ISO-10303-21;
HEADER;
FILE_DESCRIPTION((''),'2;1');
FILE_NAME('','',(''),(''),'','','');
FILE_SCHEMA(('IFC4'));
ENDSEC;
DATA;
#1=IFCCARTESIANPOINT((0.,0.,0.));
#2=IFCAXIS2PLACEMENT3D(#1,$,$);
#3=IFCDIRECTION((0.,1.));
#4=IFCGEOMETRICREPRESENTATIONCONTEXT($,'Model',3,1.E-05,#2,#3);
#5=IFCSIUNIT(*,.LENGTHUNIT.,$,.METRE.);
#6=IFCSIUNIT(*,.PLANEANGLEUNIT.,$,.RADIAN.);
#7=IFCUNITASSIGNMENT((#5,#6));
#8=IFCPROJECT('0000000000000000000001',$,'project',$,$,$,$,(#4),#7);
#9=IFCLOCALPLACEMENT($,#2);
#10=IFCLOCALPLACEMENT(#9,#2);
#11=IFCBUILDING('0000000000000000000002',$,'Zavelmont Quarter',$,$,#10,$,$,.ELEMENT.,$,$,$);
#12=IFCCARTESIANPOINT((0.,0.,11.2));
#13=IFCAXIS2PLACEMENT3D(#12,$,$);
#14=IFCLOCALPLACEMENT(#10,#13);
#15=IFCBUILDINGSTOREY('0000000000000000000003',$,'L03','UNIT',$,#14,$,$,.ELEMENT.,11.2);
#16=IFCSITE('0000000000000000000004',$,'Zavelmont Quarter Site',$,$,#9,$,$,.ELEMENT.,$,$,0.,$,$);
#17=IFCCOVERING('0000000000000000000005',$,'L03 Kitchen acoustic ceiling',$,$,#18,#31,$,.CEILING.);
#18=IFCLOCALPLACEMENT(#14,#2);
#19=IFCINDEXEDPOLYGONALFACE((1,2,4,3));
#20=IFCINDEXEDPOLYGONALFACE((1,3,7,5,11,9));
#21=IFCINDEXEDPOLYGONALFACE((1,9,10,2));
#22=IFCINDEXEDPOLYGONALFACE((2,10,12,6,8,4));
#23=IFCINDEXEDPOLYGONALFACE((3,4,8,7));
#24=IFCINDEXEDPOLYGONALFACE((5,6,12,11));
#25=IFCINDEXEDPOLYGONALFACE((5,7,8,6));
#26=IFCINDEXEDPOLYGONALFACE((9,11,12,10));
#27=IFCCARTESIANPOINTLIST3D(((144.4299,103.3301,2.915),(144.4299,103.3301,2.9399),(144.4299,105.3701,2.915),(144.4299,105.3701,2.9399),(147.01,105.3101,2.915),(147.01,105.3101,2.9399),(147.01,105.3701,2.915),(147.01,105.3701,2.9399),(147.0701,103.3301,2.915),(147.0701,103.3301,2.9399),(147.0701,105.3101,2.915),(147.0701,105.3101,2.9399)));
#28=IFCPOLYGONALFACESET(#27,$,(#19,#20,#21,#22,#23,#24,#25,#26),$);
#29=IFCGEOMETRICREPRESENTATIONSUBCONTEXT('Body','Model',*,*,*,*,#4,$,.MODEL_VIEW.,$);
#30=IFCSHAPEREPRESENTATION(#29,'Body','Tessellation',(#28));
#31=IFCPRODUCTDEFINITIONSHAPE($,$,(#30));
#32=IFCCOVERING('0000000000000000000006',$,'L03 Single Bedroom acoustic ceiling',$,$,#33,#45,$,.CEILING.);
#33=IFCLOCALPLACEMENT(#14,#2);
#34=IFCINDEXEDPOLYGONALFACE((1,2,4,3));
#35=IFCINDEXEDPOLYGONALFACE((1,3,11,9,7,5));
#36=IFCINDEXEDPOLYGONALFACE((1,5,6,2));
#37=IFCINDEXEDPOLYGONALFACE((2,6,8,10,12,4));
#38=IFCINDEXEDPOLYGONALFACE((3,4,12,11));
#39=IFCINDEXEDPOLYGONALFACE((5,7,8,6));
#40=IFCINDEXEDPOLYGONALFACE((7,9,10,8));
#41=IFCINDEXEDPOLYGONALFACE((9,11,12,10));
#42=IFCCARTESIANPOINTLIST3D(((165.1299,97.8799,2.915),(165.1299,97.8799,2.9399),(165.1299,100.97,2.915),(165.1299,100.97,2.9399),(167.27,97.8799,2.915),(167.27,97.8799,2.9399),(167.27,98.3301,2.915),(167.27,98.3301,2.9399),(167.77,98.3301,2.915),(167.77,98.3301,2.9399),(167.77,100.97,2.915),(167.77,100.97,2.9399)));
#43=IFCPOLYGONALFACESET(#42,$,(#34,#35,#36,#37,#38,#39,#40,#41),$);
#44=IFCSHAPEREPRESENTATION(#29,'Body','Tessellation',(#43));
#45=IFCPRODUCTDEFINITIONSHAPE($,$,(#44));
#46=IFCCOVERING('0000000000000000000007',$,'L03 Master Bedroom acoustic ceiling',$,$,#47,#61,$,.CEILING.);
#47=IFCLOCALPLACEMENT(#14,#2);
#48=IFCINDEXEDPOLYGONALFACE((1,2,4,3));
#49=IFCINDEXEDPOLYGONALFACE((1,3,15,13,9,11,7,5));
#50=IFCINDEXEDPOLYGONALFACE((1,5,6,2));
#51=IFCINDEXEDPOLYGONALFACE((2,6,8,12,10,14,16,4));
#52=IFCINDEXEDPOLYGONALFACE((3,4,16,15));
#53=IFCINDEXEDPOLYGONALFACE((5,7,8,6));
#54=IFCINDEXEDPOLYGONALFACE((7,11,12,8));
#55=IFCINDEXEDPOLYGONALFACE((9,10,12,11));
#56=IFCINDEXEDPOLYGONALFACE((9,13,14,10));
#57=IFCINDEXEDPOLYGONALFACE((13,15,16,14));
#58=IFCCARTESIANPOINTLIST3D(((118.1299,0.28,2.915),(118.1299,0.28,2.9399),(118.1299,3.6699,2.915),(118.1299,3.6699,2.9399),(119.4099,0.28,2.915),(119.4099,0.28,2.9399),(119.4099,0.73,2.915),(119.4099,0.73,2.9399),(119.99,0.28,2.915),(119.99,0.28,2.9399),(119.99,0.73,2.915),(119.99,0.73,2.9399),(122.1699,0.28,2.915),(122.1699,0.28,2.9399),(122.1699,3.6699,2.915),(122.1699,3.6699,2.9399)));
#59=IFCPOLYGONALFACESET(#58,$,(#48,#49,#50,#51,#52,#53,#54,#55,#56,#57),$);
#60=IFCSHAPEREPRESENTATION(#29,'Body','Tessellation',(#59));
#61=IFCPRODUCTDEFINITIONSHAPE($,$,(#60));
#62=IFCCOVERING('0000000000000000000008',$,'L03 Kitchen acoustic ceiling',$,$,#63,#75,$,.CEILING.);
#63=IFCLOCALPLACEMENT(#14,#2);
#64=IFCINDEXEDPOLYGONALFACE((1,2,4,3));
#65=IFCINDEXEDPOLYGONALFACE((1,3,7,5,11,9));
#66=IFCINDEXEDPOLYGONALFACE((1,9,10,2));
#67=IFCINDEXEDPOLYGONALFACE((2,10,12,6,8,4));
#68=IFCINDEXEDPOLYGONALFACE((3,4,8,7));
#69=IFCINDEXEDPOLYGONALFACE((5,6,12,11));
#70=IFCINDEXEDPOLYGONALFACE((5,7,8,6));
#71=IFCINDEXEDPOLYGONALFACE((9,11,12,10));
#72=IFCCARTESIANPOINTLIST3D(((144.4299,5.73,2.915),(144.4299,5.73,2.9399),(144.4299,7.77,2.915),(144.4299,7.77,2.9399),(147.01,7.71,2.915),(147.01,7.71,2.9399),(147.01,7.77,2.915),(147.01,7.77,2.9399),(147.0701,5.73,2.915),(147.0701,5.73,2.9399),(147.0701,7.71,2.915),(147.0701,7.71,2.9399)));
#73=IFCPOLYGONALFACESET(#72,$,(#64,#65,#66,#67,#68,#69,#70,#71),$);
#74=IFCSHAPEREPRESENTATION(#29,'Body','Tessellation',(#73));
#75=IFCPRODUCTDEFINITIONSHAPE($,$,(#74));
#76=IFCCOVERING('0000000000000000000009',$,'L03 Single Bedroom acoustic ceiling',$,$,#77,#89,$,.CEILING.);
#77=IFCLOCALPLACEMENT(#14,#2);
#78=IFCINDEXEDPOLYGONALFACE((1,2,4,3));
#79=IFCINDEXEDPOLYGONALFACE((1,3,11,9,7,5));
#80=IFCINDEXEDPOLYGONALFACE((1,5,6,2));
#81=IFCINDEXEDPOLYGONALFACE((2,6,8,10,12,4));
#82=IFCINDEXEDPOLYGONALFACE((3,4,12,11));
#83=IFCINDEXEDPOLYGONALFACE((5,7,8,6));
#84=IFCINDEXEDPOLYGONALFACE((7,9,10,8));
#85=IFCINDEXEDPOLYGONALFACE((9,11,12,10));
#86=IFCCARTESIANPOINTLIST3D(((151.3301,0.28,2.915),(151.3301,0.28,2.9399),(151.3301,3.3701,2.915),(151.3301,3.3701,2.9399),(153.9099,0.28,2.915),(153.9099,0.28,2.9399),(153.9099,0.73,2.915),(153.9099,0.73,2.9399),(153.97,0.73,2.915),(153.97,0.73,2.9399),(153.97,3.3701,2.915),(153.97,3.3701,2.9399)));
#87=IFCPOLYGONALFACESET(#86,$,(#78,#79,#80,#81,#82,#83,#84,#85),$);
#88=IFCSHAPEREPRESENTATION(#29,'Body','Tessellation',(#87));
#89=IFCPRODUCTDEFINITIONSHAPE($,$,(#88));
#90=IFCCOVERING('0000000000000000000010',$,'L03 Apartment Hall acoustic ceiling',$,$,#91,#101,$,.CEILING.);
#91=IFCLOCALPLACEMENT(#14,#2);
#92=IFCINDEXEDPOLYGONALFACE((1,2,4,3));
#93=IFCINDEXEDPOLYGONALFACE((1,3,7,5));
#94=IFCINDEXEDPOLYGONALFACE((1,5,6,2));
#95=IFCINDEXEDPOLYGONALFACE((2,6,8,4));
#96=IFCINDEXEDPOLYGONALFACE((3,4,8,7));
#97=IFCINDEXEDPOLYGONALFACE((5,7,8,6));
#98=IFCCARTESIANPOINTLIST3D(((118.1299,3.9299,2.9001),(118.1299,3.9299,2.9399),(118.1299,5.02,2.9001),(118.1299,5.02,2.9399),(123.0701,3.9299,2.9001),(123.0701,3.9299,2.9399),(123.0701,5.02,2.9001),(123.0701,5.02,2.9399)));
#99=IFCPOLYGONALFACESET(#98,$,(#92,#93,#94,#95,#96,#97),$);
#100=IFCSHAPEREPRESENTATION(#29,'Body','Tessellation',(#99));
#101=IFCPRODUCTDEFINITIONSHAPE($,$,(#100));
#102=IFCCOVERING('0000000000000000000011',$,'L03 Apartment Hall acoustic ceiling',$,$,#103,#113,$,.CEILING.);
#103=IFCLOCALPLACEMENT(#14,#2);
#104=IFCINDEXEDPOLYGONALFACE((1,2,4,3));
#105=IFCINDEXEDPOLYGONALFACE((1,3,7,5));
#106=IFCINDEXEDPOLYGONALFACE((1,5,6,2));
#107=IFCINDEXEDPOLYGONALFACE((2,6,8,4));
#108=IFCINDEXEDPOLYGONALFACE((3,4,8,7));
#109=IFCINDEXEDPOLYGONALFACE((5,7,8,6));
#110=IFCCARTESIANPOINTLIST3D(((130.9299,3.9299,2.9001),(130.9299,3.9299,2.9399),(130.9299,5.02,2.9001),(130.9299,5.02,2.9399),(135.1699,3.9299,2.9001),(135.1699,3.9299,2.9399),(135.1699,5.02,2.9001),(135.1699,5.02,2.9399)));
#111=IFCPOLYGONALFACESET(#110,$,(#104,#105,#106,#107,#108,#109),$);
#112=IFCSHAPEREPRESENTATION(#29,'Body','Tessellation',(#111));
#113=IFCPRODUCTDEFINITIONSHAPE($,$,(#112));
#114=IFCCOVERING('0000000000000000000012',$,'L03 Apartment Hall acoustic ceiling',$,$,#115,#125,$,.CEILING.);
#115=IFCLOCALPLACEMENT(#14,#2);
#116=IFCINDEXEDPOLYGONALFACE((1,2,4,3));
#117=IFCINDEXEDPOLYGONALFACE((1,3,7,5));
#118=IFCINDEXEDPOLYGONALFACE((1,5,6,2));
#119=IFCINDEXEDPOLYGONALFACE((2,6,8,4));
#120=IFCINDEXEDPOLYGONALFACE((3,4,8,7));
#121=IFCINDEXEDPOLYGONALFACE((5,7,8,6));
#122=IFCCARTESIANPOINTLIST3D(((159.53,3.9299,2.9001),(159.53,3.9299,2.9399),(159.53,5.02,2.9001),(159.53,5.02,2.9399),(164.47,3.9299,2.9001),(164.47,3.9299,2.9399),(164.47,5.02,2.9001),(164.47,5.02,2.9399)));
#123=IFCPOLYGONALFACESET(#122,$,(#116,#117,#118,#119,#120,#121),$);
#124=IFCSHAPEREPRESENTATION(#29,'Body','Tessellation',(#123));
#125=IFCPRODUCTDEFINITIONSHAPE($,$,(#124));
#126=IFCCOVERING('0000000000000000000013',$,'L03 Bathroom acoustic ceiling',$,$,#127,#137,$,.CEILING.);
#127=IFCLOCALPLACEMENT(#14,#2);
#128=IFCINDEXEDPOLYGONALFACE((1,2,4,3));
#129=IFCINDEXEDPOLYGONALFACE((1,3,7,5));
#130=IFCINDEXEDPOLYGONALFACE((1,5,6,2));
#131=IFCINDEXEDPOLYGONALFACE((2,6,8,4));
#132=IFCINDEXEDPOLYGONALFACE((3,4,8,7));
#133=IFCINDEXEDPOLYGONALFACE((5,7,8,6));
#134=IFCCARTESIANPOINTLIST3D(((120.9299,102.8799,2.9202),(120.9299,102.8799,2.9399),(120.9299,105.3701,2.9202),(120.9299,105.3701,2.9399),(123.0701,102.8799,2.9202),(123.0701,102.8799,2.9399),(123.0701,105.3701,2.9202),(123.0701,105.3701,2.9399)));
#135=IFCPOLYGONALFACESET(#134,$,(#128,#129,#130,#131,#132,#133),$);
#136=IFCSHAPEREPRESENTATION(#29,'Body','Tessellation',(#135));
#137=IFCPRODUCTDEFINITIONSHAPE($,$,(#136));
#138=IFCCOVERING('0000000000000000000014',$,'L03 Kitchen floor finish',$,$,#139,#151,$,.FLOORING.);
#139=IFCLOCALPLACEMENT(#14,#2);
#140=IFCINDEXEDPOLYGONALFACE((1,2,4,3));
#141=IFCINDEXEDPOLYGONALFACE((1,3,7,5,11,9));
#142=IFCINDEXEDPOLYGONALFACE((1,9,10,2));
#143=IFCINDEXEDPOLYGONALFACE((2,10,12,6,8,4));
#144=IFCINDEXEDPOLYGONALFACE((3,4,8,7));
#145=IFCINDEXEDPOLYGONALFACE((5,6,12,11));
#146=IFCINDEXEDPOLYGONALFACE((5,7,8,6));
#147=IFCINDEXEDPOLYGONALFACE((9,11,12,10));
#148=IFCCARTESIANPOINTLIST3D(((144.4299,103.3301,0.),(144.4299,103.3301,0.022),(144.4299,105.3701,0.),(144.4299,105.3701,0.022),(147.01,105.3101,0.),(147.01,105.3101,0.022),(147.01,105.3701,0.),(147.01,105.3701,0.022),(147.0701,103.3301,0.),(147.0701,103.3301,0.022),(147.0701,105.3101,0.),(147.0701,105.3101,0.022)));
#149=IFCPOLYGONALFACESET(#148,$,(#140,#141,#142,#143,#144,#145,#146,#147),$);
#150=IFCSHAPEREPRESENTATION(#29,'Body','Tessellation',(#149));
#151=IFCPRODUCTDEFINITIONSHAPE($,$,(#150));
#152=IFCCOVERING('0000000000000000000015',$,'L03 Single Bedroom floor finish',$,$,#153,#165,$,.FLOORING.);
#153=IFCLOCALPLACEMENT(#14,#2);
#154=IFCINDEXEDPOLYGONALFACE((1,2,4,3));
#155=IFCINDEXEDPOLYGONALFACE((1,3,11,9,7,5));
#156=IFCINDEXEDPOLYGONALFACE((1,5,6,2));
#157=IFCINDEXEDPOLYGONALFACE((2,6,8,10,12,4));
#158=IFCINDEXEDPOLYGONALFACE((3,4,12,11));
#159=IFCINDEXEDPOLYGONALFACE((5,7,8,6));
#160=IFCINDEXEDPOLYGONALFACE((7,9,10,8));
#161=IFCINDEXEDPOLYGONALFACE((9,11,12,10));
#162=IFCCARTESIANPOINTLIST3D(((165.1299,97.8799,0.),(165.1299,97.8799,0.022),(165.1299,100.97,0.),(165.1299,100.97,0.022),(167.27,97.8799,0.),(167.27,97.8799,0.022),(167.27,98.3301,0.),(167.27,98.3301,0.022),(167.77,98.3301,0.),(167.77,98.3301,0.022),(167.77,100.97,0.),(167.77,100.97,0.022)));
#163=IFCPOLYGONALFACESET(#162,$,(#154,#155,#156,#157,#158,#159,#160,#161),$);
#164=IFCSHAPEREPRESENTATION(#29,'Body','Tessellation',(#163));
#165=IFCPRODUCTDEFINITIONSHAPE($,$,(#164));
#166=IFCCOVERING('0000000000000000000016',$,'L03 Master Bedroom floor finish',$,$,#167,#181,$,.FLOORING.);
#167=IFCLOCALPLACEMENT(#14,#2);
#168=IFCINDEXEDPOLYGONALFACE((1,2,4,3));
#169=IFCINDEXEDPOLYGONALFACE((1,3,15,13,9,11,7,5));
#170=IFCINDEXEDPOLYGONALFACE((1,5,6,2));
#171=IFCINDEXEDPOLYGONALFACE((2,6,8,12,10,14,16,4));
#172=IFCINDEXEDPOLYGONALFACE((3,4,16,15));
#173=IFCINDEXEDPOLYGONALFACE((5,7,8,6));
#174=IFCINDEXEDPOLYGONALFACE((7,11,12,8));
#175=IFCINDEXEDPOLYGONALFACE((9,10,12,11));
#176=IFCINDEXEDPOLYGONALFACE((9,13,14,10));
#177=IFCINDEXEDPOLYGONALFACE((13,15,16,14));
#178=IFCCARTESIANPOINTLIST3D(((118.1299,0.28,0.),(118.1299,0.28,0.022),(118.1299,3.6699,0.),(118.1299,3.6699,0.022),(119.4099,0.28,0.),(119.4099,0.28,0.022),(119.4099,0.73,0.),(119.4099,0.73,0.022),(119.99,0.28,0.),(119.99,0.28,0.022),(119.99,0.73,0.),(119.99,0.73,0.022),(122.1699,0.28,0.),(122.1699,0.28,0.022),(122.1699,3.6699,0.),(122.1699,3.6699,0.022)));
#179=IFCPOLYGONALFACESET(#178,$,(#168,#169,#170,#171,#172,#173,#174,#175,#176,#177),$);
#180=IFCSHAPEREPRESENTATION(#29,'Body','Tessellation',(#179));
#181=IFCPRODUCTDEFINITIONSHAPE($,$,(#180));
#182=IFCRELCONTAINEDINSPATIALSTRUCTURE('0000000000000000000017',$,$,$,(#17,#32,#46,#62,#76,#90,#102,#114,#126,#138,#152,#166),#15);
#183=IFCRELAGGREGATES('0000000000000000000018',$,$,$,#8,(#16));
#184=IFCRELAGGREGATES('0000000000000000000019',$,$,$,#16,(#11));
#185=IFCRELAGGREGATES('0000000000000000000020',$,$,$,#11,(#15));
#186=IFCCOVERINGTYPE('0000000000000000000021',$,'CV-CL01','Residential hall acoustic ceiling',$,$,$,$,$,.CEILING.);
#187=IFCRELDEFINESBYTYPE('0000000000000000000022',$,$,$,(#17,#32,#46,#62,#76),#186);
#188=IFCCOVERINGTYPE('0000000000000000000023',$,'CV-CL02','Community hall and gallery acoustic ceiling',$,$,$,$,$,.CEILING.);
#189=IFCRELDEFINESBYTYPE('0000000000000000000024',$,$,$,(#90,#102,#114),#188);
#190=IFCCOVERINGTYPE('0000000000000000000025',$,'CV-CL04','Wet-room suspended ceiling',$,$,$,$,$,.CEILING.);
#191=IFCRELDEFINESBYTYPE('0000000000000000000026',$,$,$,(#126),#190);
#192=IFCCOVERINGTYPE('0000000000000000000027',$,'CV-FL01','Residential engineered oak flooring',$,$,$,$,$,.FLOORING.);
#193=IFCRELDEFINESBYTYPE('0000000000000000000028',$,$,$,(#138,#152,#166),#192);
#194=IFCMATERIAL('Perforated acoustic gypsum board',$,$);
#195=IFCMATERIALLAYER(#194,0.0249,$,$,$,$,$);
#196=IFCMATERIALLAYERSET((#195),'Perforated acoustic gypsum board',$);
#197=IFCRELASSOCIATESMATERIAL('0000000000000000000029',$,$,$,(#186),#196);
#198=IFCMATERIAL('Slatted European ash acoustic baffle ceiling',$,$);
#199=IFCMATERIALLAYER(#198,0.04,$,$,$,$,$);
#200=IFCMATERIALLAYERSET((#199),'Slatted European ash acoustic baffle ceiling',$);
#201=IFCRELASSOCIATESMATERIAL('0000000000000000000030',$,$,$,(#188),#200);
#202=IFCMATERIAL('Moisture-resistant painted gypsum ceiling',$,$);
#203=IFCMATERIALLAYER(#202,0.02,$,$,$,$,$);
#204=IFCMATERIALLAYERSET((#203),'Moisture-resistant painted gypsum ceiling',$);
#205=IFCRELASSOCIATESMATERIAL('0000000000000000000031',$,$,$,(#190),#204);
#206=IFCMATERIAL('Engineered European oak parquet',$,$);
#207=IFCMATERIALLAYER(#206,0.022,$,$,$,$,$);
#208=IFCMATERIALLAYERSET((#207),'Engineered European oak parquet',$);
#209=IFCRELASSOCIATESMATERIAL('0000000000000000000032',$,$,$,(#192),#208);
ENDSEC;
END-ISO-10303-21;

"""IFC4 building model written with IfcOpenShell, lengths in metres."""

from ifc_helpers import new_model, si_unit, direction, frame, origin, place, context, subcontext, project, spatial, polyline, outline, extrude, material, layer, layer_set, type_object, element, save


model = new_model("IFC4")

# Units and contexts
model_context = context("Model", 3, precision=1e-05, world=origin(), true_north=direction((0.0, 1.0)))
body_context = subcontext(model_context, "Body", "Model", "MODEL_VIEW")
ifc_project = project(units=[si_unit("LENGTHUNIT", "METRE"), si_unit("PLANEANGLEUNIT", "RADIAN")], contexts=[model_context])

# Site, building, storey
site_placement = place(None, origin())
site = spatial("IfcSite", under=ifc_project, at=site_placement, Name="Zavelmont Quarter Site", CompositionType="ELEMENT", RefElevation=0.0)
building_placement = place(site_placement, origin())
building = spatial("IfcBuilding", under=site, at=building_placement, Name="Zavelmont Quarter", CompositionType="ELEMENT")
storey_placement = place(building_placement, frame((0.0, 0.0, 11.2)))
storey = spatial("IfcBuildingStorey", under=building, at=storey_placement, Name="L03", Description="UNIT", CompositionType="ELEMENT", Elevation=11.2)

# Coverings
ifc_material_1 = material(Name="Perforated acoustic gypsum board")
ifc_layer_1 = layer(ifc_material_1, 0.0249)
ifc_layer_set_1 = layer_set([ifc_layer_1], Name="Perforated acoustic gypsum board")
covering_type_1 = type_object("IfcCoveringType", Name="CV-CL01", Description="Residential hall acoustic ceiling", PredefinedType="CEILING", material=ifc_layer_set_1)
covering_1_placement = place(storey_placement, frame((0.0, 0.0, 2.915)))
element("IfcCovering", 1, at=covering_1_placement, inside=storey, type_object=covering_type_1, Name="L03 Kitchen acoustic ceiling", PredefinedType="CEILING", context=body_context, shape_type="SweptSolid", body=[
    extrude(outline(polyline([(144.4299, 105.3701), (147.01, 105.3701), (147.01, 105.3101), (147.0701, 105.3101), (147.0701, 103.3301), (144.4299, 103.3301), (144.4299, 105.3701)])), origin(), (0.0, 0.0, 1.0), 0.0249),
])
covering_2_placement = place(storey_placement, frame((0.0, 0.0, 2.915)))
element("IfcCovering", 2, at=covering_2_placement, inside=storey, type_object=covering_type_1, Name="L03 Single Bedroom acoustic ceiling", PredefinedType="CEILING", context=body_context, shape_type="SweptSolid", body=[
    extrude(outline(polyline([(165.1299, 100.97), (167.77, 100.97), (167.77, 98.3301), (167.27, 98.3301), (167.27, 97.8799), (165.1299, 97.8799), (165.1299, 100.97)])), origin(), (0.0, 0.0, 1.0), 0.0249),
])
covering_3_placement = place(storey_placement, frame((0.0, 0.0, 2.915)))
element("IfcCovering", 3, at=covering_3_placement, inside=storey, type_object=covering_type_1, Name="L03 Master Bedroom acoustic ceiling", PredefinedType="CEILING", context=body_context, shape_type="SweptSolid", body=[
    extrude(outline(polyline([(118.1299, 3.6699), (122.1699, 3.6699), (122.1699, 0.28), (119.99, 0.28), (119.99, 0.73), (119.4099, 0.73), (119.4099, 0.28), (118.1299, 0.28), (118.1299, 3.6699)])), origin(), (0.0, 0.0, 1.0), 0.0249),
])
covering_4_placement = place(storey_placement, frame((0.0, 0.0, 2.915)))
element("IfcCovering", 4, at=covering_4_placement, inside=storey, type_object=covering_type_1, Name="L03 Kitchen acoustic ceiling", PredefinedType="CEILING", context=body_context, shape_type="SweptSolid", body=[
    extrude(outline(polyline([(144.4299, 7.77), (147.01, 7.77), (147.01, 7.71), (147.0701, 7.71), (147.0701, 5.73), (144.4299, 5.73), (144.4299, 7.77)])), origin(), (0.0, 0.0, 1.0), 0.0249),
])
covering_5_placement = place(storey_placement, frame((0.0, 0.0, 2.915)))
element("IfcCovering", 5, at=covering_5_placement, inside=storey, type_object=covering_type_1, Name="L03 Single Bedroom acoustic ceiling", PredefinedType="CEILING", context=body_context, shape_type="SweptSolid", body=[
    extrude(outline(polyline([(151.3301, 3.3701), (153.97, 3.3701), (153.97, 0.73), (153.9099, 0.73), (153.9099, 0.28), (151.3301, 0.28), (151.3301, 3.3701)])), origin(), (0.0, 0.0, 1.0), 0.0249),
])
ifc_material_2 = material(Name="Slatted European ash acoustic baffle ceiling")
ifc_layer_2 = layer(ifc_material_2, 0.04)
ifc_layer_set_2 = layer_set([ifc_layer_2], Name="Slatted European ash acoustic baffle ceiling")
covering_type_2 = type_object("IfcCoveringType", Name="CV-CL02", Description="Community hall and gallery acoustic ceiling", PredefinedType="CEILING", material=ifc_layer_set_2)
covering_6_placement = place(storey_placement, frame((0.0, 0.0, 2.9001)))
element("IfcCovering", 6, at=covering_6_placement, inside=storey, type_object=covering_type_2, Name="L03 Apartment Hall acoustic ceiling", PredefinedType="CEILING", context=body_context, shape_type="SweptSolid", body=[
    extrude(outline(polyline([(118.1299, 5.02), (123.0701, 5.02), (123.0701, 3.9299), (118.1299, 3.9299), (118.1299, 5.02)])), origin(), (0.0, 0.0, 1.0), 0.0398),
])
covering_7_placement = place(storey_placement, frame((0.0, 0.0, 2.9001)))
element("IfcCovering", 7, at=covering_7_placement, inside=storey, type_object=covering_type_2, Name="L03 Apartment Hall acoustic ceiling", PredefinedType="CEILING", context=body_context, shape_type="SweptSolid", body=[
    extrude(outline(polyline([(130.9299, 5.02), (135.1699, 5.02), (135.1699, 3.9299), (130.9299, 3.9299), (130.9299, 5.02)])), origin(), (0.0, 0.0, 1.0), 0.0398),
])
covering_8_placement = place(storey_placement, frame((0.0, 0.0, 2.9001)))
element("IfcCovering", 8, at=covering_8_placement, inside=storey, type_object=covering_type_2, Name="L03 Apartment Hall acoustic ceiling", PredefinedType="CEILING", context=body_context, shape_type="SweptSolid", body=[
    extrude(outline(polyline([(159.53, 5.02), (164.47, 5.02), (164.47, 3.9299), (159.53, 3.9299), (159.53, 5.02)])), origin(), (0.0, 0.0, 1.0), 0.0398),
])
ifc_material_3 = material(Name="Moisture-resistant painted gypsum ceiling")
ifc_layer_3 = layer(ifc_material_3, 0.02)
ifc_layer_set_3 = layer_set([ifc_layer_3], Name="Moisture-resistant painted gypsum ceiling")
covering_type_3 = type_object("IfcCoveringType", Name="CV-CL04", Description="Wet-room suspended ceiling", PredefinedType="CEILING", material=ifc_layer_set_3)
covering_9_placement = place(storey_placement, frame((0.0, 0.0, 2.9202)))
element("IfcCovering", 9, at=covering_9_placement, inside=storey, type_object=covering_type_3, Name="L03 Bathroom acoustic ceiling", PredefinedType="CEILING", context=body_context, shape_type="SweptSolid", body=[
    extrude(outline(polyline([(120.9299, 105.3701), (123.0701, 105.3701), (123.0701, 102.8799), (120.9299, 102.8799), (120.9299, 105.3701)])), origin(), (0.0, 0.0, 1.0), 0.0198),
])
ifc_material_4 = material(Name="Engineered European oak parquet")
ifc_layer_4 = layer(ifc_material_4, 0.022)
ifc_layer_set_4 = layer_set([ifc_layer_4], Name="Engineered European oak parquet")
covering_type_4 = type_object("IfcCoveringType", Name="CV-FL01", Description="Residential engineered oak flooring", PredefinedType="FLOORING", material=ifc_layer_set_4)
covering_10_placement = place(storey_placement, origin())
element("IfcCovering", 10, at=covering_10_placement, inside=storey, type_object=covering_type_4, Name="L03 Kitchen floor finish", PredefinedType="FLOORING", context=body_context, shape_type="SweptSolid", body=[
    extrude(outline(polyline([(144.4299, 105.3701), (147.01, 105.3701), (147.01, 105.3101), (147.0701, 105.3101), (147.0701, 103.3301), (144.4299, 103.3301), (144.4299, 105.3701)])), origin(), (0.0, 0.0, 1.0), 0.022),
])
covering_11_placement = place(storey_placement, origin())
element("IfcCovering", 11, at=covering_11_placement, inside=storey, type_object=covering_type_4, Name="L03 Single Bedroom floor finish", PredefinedType="FLOORING", context=body_context, shape_type="SweptSolid", body=[
    extrude(outline(polyline([(165.1299, 100.97), (167.77, 100.97), (167.77, 98.3301), (167.27, 98.3301), (167.27, 97.8799), (165.1299, 97.8799), (165.1299, 100.97)])), origin(), (0.0, 0.0, 1.0), 0.022),
])
covering_12_placement = place(storey_placement, origin())
element("IfcCovering", 12, at=covering_12_placement, inside=storey, type_object=covering_type_4, Name="L03 Master Bedroom floor finish", PredefinedType="FLOORING", context=body_context, shape_type="SweptSolid", body=[
    extrude(outline(polyline([(118.1299, 3.6699), (122.1699, 3.6699), (122.1699, 0.28), (119.99, 0.28), (119.99, 0.73), (119.4099, 0.73), (119.4099, 0.28), (118.1299, 0.28), (118.1299, 3.6699)])), origin(), (0.0, 0.0, 1.0), 0.022),
])

save(model, "model.ifc")
